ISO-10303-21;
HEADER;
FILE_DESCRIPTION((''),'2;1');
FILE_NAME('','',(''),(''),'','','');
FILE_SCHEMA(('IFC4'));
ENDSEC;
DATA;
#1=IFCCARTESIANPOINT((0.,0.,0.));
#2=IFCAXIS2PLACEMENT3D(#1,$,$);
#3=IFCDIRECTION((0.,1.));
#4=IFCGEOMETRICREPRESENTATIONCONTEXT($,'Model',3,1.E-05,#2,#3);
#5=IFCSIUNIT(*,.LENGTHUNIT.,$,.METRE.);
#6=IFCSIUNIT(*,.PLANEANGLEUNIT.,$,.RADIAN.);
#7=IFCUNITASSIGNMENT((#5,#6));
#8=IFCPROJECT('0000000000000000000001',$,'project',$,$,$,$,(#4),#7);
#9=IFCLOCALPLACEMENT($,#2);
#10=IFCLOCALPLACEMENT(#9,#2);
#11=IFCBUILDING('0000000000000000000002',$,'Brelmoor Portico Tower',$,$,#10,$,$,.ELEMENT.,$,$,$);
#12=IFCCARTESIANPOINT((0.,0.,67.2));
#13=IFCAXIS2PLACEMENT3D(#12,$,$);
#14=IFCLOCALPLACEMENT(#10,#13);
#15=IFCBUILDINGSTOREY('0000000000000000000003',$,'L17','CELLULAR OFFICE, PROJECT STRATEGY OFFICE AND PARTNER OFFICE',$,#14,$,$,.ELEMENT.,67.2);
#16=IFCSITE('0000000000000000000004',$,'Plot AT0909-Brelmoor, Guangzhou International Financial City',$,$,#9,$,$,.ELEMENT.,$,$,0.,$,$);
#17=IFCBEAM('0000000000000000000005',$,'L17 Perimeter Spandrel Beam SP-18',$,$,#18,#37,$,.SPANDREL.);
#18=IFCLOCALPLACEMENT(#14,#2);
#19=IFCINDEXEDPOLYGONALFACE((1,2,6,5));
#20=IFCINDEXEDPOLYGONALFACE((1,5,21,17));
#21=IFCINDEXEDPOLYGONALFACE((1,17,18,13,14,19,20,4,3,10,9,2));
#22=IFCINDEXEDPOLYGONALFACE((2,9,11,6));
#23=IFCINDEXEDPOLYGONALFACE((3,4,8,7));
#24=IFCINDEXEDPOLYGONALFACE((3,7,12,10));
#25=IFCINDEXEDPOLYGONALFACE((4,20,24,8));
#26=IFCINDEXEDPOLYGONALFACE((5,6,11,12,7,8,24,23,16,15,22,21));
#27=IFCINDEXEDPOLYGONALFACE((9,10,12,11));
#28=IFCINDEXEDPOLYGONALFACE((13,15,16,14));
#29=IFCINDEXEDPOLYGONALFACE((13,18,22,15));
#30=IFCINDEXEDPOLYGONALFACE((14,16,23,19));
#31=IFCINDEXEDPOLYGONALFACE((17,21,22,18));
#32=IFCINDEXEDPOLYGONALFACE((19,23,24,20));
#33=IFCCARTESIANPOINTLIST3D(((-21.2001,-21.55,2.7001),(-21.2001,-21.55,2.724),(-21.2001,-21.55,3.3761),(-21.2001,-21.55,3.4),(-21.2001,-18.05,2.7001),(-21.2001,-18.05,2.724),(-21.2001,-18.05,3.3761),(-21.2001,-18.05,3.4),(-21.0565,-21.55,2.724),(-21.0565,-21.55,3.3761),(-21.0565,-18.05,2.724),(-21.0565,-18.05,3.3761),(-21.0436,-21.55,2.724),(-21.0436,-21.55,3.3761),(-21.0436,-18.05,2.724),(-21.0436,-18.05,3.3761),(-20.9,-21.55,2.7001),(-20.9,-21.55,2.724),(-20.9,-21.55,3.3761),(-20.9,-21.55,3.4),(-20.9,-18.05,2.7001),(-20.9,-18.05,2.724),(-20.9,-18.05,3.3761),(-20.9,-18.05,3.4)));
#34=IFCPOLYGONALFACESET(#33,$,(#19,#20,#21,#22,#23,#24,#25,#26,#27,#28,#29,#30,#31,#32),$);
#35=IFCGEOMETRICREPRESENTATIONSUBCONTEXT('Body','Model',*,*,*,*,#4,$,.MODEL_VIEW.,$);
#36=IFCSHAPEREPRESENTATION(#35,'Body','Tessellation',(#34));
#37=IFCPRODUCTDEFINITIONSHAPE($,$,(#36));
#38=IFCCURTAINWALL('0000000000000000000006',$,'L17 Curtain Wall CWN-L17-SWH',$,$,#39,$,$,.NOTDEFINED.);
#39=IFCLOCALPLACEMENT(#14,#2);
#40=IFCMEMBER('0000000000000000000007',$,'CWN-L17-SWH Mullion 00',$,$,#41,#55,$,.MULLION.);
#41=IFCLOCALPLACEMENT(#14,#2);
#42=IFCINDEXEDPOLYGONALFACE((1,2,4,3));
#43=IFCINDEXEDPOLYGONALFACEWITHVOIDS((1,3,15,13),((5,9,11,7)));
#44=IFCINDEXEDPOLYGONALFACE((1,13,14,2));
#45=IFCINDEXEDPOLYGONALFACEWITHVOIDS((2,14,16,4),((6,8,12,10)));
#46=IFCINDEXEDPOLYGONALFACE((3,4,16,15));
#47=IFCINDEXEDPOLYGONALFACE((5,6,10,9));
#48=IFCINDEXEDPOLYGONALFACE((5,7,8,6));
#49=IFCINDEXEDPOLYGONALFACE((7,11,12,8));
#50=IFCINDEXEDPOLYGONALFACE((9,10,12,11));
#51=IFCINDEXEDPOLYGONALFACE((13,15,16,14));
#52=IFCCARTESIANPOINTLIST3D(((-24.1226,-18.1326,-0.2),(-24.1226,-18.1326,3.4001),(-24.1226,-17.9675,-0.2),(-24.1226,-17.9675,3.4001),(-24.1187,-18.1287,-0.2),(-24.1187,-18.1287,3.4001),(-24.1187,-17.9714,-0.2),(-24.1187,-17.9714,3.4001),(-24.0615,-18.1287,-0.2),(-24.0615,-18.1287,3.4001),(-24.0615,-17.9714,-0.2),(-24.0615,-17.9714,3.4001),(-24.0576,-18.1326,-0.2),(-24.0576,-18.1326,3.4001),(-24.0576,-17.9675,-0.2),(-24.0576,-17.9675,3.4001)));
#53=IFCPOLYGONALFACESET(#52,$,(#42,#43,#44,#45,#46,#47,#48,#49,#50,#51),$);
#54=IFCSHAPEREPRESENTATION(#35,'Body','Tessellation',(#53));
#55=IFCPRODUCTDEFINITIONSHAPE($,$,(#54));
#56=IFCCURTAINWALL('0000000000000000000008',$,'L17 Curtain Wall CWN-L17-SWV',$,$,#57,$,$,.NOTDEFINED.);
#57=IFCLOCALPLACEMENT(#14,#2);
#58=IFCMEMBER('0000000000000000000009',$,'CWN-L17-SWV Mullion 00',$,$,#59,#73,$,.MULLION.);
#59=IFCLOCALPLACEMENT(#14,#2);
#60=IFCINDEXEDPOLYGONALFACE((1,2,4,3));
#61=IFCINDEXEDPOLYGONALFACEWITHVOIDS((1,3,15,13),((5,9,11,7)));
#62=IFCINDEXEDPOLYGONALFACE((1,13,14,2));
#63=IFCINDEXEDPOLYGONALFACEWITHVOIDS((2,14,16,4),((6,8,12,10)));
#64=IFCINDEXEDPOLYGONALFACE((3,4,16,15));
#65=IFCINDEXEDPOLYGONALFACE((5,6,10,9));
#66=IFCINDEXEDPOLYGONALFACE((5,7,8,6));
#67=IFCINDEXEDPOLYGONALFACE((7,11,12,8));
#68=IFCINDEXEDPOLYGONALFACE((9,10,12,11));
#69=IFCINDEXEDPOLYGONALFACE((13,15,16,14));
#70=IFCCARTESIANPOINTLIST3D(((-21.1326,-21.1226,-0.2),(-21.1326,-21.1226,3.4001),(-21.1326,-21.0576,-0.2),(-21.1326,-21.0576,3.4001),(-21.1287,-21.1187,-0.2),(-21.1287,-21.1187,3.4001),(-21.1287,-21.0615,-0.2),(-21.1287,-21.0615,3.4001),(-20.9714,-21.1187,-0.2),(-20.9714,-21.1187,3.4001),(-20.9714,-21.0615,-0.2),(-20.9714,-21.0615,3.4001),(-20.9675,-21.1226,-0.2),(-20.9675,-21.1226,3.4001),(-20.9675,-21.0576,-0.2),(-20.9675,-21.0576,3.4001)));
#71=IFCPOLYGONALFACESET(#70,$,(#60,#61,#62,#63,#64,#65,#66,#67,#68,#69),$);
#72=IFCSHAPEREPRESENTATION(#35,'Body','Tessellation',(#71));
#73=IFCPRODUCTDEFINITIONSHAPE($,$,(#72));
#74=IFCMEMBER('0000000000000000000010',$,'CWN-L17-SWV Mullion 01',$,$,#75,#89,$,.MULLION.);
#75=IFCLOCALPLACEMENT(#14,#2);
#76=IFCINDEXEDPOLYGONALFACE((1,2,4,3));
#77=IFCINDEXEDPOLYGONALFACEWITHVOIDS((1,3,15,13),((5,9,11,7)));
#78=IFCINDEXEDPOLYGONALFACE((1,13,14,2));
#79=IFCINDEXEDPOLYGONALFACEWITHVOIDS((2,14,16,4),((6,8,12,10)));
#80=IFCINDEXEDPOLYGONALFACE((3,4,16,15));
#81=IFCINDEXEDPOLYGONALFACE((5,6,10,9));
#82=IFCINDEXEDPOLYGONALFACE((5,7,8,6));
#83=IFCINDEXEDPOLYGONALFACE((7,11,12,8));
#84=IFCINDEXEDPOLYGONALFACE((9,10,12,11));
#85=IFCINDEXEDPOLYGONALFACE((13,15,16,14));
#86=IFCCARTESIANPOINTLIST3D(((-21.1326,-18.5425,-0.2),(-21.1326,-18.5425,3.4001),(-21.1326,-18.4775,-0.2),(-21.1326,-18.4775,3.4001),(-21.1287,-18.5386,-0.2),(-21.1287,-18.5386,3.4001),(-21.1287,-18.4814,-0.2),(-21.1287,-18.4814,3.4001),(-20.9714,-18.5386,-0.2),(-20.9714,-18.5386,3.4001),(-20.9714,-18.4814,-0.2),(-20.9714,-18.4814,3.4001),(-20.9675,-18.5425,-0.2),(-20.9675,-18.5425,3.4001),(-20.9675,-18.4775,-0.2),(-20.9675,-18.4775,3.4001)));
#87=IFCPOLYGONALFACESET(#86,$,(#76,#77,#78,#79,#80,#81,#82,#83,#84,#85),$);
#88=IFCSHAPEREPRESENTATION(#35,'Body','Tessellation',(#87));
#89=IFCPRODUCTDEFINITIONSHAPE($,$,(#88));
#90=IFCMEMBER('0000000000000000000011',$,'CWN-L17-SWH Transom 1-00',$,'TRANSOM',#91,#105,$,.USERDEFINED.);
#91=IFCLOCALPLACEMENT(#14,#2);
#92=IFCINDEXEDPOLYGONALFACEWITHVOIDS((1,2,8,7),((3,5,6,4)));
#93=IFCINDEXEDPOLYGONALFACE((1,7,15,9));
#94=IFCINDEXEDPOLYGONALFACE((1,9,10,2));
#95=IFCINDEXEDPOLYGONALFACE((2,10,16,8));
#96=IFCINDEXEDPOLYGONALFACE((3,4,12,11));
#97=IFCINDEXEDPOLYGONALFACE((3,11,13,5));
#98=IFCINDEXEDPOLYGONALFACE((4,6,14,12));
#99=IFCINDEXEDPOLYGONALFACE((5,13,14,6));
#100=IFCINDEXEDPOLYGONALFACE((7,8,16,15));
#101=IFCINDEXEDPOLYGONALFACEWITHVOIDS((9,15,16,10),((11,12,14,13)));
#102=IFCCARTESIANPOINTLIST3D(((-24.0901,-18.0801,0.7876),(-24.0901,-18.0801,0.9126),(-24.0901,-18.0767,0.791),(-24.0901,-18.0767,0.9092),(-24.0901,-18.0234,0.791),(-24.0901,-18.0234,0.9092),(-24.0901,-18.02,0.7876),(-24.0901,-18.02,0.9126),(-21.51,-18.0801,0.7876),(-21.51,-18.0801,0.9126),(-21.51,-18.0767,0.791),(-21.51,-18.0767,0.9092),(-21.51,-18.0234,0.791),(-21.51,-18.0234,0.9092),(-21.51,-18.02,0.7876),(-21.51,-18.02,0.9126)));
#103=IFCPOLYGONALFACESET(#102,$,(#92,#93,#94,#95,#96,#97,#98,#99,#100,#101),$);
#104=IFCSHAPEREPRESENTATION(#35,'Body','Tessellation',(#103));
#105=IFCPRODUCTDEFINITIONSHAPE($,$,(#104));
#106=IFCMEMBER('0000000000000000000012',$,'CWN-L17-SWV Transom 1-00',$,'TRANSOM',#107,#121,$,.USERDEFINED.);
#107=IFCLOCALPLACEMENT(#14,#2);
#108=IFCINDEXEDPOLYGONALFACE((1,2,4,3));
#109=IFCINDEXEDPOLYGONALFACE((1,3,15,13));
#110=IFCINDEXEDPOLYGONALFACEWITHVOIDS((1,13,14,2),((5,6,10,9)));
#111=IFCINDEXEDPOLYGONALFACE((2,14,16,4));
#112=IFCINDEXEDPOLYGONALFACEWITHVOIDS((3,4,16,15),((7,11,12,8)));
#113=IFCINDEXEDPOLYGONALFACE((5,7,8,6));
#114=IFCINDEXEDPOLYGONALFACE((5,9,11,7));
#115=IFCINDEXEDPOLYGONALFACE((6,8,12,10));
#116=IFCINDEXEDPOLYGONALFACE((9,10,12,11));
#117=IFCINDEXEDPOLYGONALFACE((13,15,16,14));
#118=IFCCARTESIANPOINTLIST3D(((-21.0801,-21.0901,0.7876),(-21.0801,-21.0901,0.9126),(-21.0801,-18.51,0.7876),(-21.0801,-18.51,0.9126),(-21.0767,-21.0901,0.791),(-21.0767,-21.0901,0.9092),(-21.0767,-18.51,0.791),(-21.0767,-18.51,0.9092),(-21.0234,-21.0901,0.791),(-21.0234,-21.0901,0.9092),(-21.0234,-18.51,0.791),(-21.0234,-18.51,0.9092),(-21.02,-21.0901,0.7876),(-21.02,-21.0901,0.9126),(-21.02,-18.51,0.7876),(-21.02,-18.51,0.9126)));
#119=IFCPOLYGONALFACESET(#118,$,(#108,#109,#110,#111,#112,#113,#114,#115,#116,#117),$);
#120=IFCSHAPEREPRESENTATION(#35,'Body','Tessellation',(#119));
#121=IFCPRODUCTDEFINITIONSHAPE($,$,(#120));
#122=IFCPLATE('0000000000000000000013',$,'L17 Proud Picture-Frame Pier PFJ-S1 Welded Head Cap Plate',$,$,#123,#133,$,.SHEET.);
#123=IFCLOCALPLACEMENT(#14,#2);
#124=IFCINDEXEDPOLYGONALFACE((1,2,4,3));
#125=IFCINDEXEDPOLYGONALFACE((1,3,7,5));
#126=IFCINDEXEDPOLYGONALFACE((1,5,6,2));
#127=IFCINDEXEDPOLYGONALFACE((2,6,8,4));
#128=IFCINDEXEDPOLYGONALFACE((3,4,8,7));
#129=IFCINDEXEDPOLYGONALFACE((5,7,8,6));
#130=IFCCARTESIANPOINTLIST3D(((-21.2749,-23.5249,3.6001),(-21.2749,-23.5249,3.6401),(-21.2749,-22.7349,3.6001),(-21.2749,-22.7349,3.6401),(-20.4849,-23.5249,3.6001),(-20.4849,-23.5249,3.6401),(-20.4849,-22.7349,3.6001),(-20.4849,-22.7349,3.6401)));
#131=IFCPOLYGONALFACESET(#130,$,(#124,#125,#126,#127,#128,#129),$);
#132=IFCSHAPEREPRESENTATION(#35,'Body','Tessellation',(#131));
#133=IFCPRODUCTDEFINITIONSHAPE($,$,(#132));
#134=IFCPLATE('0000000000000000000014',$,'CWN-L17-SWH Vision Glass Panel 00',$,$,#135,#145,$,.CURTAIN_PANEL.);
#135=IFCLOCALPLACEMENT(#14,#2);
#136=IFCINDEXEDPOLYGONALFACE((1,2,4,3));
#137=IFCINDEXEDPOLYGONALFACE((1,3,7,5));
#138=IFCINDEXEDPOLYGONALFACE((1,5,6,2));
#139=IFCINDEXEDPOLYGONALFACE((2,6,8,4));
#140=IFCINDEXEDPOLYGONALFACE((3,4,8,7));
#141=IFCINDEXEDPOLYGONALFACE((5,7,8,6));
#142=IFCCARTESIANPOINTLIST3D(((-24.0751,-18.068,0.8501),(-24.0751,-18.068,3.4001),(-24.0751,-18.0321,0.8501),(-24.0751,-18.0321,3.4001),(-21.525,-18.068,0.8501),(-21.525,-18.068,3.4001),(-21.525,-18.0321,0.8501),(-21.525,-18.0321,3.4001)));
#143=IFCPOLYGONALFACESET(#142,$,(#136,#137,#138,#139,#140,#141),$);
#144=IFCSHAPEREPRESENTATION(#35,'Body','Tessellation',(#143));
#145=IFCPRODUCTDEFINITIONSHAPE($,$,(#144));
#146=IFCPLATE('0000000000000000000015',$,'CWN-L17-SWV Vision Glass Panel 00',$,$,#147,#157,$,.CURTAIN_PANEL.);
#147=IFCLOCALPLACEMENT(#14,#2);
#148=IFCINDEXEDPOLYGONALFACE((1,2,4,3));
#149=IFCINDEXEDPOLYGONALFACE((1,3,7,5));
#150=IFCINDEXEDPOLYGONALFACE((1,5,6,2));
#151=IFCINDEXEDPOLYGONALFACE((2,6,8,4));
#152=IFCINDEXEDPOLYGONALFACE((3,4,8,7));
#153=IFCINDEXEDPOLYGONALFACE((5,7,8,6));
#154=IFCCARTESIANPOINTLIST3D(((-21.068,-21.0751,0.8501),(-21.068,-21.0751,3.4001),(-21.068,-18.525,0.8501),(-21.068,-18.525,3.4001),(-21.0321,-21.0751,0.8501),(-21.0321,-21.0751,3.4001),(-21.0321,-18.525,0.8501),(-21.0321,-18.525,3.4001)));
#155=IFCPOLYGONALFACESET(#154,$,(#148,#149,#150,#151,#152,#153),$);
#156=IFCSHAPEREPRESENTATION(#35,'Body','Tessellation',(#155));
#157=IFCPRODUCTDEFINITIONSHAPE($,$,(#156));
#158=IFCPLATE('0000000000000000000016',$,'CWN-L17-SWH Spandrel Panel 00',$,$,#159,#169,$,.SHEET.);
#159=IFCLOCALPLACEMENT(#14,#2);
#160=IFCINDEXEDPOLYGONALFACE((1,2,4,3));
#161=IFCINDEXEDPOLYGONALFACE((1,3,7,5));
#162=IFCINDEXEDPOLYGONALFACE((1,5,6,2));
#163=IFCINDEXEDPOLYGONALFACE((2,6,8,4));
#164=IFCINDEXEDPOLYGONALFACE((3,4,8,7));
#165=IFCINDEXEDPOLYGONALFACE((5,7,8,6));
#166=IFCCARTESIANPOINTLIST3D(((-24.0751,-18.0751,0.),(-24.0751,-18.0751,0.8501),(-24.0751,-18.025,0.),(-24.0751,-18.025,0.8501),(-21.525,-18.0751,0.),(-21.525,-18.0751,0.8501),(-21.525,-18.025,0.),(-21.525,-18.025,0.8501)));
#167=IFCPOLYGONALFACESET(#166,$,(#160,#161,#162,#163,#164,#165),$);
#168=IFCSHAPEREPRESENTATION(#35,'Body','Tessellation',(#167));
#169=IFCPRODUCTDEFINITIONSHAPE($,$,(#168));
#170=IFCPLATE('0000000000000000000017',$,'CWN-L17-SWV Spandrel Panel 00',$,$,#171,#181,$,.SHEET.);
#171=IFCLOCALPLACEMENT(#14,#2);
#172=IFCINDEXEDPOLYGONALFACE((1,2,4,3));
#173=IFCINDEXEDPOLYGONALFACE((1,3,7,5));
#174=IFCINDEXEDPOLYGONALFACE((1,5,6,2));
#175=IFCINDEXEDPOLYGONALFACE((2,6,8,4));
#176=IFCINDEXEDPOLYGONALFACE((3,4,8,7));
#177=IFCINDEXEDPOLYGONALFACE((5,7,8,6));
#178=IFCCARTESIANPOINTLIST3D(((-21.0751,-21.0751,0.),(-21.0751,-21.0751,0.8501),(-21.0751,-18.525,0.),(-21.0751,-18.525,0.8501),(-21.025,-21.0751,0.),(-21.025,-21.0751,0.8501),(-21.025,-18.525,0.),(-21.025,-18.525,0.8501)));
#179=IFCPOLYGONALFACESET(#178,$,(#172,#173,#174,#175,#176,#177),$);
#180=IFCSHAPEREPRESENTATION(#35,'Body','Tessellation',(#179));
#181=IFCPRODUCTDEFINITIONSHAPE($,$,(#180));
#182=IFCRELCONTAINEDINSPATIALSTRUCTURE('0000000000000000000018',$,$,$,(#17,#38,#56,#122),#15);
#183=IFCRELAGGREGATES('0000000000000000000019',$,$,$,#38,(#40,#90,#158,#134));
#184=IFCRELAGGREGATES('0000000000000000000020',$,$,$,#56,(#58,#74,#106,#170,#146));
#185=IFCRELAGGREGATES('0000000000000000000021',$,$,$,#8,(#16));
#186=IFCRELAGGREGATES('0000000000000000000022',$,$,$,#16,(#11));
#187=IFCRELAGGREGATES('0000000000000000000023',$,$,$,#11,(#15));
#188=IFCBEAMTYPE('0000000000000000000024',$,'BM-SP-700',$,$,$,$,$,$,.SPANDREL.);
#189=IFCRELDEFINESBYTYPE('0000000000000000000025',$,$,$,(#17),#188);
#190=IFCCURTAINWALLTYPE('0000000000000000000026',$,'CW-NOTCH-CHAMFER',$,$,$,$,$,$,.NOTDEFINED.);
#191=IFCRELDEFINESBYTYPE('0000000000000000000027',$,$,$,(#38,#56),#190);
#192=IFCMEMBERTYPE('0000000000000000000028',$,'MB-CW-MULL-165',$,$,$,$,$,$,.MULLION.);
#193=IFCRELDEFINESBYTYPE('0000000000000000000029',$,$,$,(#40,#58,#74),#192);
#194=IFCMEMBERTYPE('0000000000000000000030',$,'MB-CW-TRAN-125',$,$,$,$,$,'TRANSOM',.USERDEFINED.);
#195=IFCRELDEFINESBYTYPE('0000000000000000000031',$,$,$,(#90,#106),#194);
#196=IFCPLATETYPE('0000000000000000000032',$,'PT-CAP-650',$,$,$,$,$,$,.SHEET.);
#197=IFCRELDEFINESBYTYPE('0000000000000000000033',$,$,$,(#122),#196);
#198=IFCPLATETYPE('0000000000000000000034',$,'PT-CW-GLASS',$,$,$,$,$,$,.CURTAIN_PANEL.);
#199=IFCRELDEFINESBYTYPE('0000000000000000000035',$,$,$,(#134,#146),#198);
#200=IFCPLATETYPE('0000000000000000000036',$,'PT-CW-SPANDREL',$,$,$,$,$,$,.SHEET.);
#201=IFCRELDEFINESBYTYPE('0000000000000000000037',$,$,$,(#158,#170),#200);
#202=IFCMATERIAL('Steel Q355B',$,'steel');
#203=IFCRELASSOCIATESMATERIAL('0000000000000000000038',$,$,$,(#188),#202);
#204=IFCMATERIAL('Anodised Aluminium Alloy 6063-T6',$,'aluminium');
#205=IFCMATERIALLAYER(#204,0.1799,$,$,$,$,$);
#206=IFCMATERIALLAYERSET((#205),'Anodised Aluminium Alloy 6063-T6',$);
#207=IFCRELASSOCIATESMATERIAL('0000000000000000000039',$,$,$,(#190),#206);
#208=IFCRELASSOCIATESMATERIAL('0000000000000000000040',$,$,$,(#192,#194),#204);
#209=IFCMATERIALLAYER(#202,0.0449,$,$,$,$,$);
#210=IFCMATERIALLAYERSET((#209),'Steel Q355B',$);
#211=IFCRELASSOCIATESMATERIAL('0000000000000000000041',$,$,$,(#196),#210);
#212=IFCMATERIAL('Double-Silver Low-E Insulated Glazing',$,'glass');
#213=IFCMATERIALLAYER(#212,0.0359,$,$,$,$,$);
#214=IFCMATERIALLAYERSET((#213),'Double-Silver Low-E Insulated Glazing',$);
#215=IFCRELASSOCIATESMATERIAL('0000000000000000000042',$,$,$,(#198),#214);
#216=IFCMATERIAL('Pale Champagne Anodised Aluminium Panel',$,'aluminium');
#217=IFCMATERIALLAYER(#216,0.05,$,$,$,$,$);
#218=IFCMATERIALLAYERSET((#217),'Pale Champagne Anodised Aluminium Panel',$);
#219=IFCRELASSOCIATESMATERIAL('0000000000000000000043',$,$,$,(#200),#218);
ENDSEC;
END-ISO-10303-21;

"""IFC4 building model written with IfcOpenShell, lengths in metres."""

from ifc_helpers import new_model, si_unit, direction, frame, origin, origin_2d, place, context, subcontext, project, spatial, rectangle, hollow_rectangle, i_section, extrude, material, layer, layer_set, material_profile, profile_set, type_object, element, aggregate, save


model = new_model("IFC4")

# Units and contexts
model_context = context("Model", 3, precision=1e-05, world=origin(), true_north=direction((0.0, 1.0)))
body_context = subcontext(model_context, "Body", "Model", "MODEL_VIEW")
ifc_project = project(units=[si_unit("LENGTHUNIT", "METRE"), si_unit("PLANEANGLEUNIT", "RADIAN")], contexts=[model_context])

# Site, building, storey
site_placement = place(None, origin())
site = spatial("IfcSite", under=ifc_project, at=site_placement, Name="Plot AT0909-Brelmoor, Guangzhou International Financial City", CompositionType="ELEMENT", RefElevation=0.0)
building_placement = place(site_placement, origin())
building = spatial("IfcBuilding", under=site, at=building_placement, Name="Brelmoor Portico Tower", CompositionType="ELEMENT")
storey_placement = place(building_placement, frame((0.0, 0.0, 67.2)))
storey = spatial("IfcBuildingStorey", under=building, at=storey_placement, Name="L17", Description="CELLULAR OFFICE, PROJECT STRATEGY OFFICE AND PARTNER OFFICE", CompositionType="ELEMENT", Elevation=67.2)

# Shared definitions
ifc_material_1 = material(Name="Steel Q355B", Category="steel")

# Beam
ifc_material_profile_1 = material_profile(ifc_material_1, i_section(OverallWidth=0.3, OverallDepth=0.7, WebThickness=0.0129, FlangeThickness=0.0239, at=origin_2d()), Name="HN 700x300x13x24")
ifc_profile_set_1 = profile_set([ifc_material_profile_1], Name="Steel Q355B")
beam_type_1 = type_object("IfcBeamType", Name="BM-SP-700", PredefinedType="SPANDREL", material=ifc_profile_set_1)
beam_1_placement = place(storey_placement, frame((-21.05, -21.55, 3.05), z_axis=(0.0, 1.0, 0.0), x_axis=(-1.0, 0.0, 0.0)))
element("IfcBeam", 1, at=beam_1_placement, inside=storey, type_object=beam_type_1, Name="L17 Perimeter Spandrel Beam SP-18", PredefinedType="SPANDREL", context=body_context, shape_type="SweptSolid", body=[
    extrude(i_section(OverallWidth=0.3, OverallDepth=0.7, WebThickness=0.0129, FlangeThickness=0.0239, at=origin_2d()), origin(), (0.0, 0.0, 1.0), 3.5),
])

# Curtain wall, member
ifc_material_2 = material(Name="Anodised Aluminium Alloy 6063-T6", Category="aluminium")
ifc_layer_1 = layer(ifc_material_2, 0.1799)
ifc_layer_set_1 = layer_set([ifc_layer_1], Name="Anodised Aluminium Alloy 6063-T6")
curtain_wall_type = type_object("IfcCurtainWallType", Name="CW-NOTCH-CHAMFER", PredefinedType="NOTDEFINED", material=ifc_layer_set_1)
curtain_wall_1_placement = place(storey_placement, origin())
curtain_wall_1 = element("IfcCurtainWall", 2, at=curtain_wall_1_placement, inside=storey, type_object=curtain_wall_type, Name="L17 Curtain Wall CWN-L17-SWH", PredefinedType="NOTDEFINED")
ifc_material_profile_2 = material_profile(ifc_material_2, hollow_rectangle(XDim=0.0649, YDim=0.165, WallThickness=0.0039, at=origin_2d()), Name="ALU MULLION 65x165")
ifc_profile_set_2 = profile_set([ifc_material_profile_2], Name="Anodised Aluminium Alloy 6063-T6")
member_type_1 = type_object("IfcMemberType", Name="MB-CW-MULL-165", PredefinedType="MULLION", material=ifc_profile_set_2)
member_1_placement = place(storey_placement, frame((-24.0901, -18.05, -0.2), z_axis=(0.0, 0.0, 1.0), x_axis=(1.0, 0.0, 0.0)))
member_1 = element("IfcMember", 3, at=member_1_placement, type_object=member_type_1, Name="CWN-L17-SWH Mullion 00", PredefinedType="MULLION", context=body_context, shape_type="SweptSolid", body=[
    extrude(hollow_rectangle(XDim=0.0649, YDim=0.165, WallThickness=0.0039, at=origin_2d()), origin(), (0.0, 0.0, 1.0), 3.6001),
])

# Curtain wall, members
curtain_wall_2_placement = place(storey_placement, origin())
curtain_wall_2 = element("IfcCurtainWall", 4, at=curtain_wall_2_placement, inside=storey, type_object=curtain_wall_type, Name="L17 Curtain Wall CWN-L17-SWV", PredefinedType="NOTDEFINED")
member_2_placement = place(storey_placement, frame((-21.05, -21.0901, -0.2), z_axis=(0.0, 0.0, 1.0), x_axis=(0.0, 1.0, 0.0)))
member_2 = element("IfcMember", 5, at=member_2_placement, type_object=member_type_1, Name="CWN-L17-SWV Mullion 00", PredefinedType="MULLION", context=body_context, shape_type="SweptSolid", body=[
    extrude(hollow_rectangle(XDim=0.0649, YDim=0.165, WallThickness=0.0039, at=origin_2d()), origin(), (0.0, 0.0, 1.0), 3.6001),
])
member_3_placement = place(storey_placement, frame((-21.05, -18.51, -0.2), z_axis=(0.0, 0.0, 1.0), x_axis=(0.0, 1.0, 0.0)))
member_3 = element("IfcMember", 6, at=member_3_placement, type_object=member_type_1, Name="CWN-L17-SWV Mullion 01", PredefinedType="MULLION", context=body_context, shape_type="SweptSolid", body=[
    extrude(hollow_rectangle(XDim=0.0649, YDim=0.165, WallThickness=0.0039, at=origin_2d()), origin(), (0.0, 0.0, 1.0), 3.6001),
])

# Members
ifc_material_profile_3 = material_profile(ifc_material_2, hollow_rectangle(XDim=0.0601, YDim=0.125, WallThickness=0.0034, at=origin_2d()), Name="ALU TRANSOM 60x125")
ifc_profile_set_3 = profile_set([ifc_material_profile_3], Name="Anodised Aluminium Alloy 6063-T6")
member_type_2 = type_object("IfcMemberType", Name="MB-CW-TRAN-125", ElementType="TRANSOM", PredefinedType="USERDEFINED", material=ifc_profile_set_3)
member_4_placement = place(storey_placement, frame((-24.0901, -18.05, 0.8501), z_axis=(1.0, 0.0, 0.0), x_axis=(0.0, 1.0, 0.0)))
member_4 = element("IfcMember", 7, at=member_4_placement, type_object=member_type_2, Name="CWN-L17-SWH Transom 1-00", ObjectType="TRANSOM", PredefinedType="USERDEFINED", context=body_context, shape_type="SweptSolid", body=[
    extrude(hollow_rectangle(XDim=0.0601, YDim=0.125, WallThickness=0.0034, at=origin_2d()), origin(), (0.0, 0.0, 1.0), 2.5801),
])
member_5_placement = place(storey_placement, frame((-21.05, -21.0901, 0.8501), z_axis=(0.0, 1.0, 0.0), x_axis=(-1.0, 0.0, 0.0)))
member_5 = element("IfcMember", 8, at=member_5_placement, type_object=member_type_2, Name="CWN-L17-SWV Transom 1-00", ObjectType="TRANSOM", PredefinedType="USERDEFINED", context=body_context, shape_type="SweptSolid", body=[
    extrude(hollow_rectangle(XDim=0.0601, YDim=0.125, WallThickness=0.0034, at=origin_2d()), origin(), (0.0, 0.0, 1.0), 2.5801),
])

# Plates
ifc_layer_2 = layer(ifc_material_1, 0.0449)
ifc_layer_set_2 = layer_set([ifc_layer_2], Name="Steel Q355B")
plate_type_1 = type_object("IfcPlateType", Name="PT-CAP-650", PredefinedType="SHEET", material=ifc_layer_set_2)
plate_1_placement = place(storey_placement, frame((-20.8799, -23.1299, 3.6001), z_axis=(0.0, 0.0, 1.0), x_axis=(1.0, 0.0, 0.0)))
element("IfcPlate", 9, at=plate_1_placement, inside=storey, type_object=plate_type_1, Name="L17 Proud Picture-Frame Pier PFJ-S1 Welded Head Cap Plate", PredefinedType="SHEET", context=body_context, shape_type="SweptSolid", body=[
    extrude(rectangle(XDim=0.79, YDim=0.79, at=origin_2d()), origin(), (0.0, 0.0, 1.0), 0.04),
])
ifc_material_3 = material(Name="Double-Silver Low-E Insulated Glazing", Category="glass")
ifc_layer_3 = layer(ifc_material_3, 0.0359)
ifc_layer_set_3 = layer_set([ifc_layer_3], Name="Double-Silver Low-E Insulated Glazing")
plate_type_2 = type_object("IfcPlateType", Name="PT-CW-GLASS", PredefinedType="CURTAIN_PANEL", material=ifc_layer_set_3)
plate_2_placement = place(storey_placement, frame((-22.8, -18.05, 0.8501), z_axis=(0.0, 0.0, 1.0), x_axis=(1.0, 0.0, 0.0)))
plate_2 = element("IfcPlate", 10, at=plate_2_placement, type_object=plate_type_2, Name="CWN-L17-SWH Vision Glass Panel 00", PredefinedType="CURTAIN_PANEL", context=body_context, shape_type="SweptSolid", body=[
    extrude(rectangle(XDim=2.55, YDim=0.0359, at=origin_2d()), origin(), (0.0, 0.0, 1.0), 2.55),
])
plate_3_placement = place(storey_placement, frame((-21.05, -19.8, 0.8501), z_axis=(0.0, 0.0, 1.0), x_axis=(0.0, 1.0, 0.0)))
plate_3 = element("IfcPlate", 11, at=plate_3_placement, type_object=plate_type_2, Name="CWN-L17-SWV Vision Glass Panel 00", PredefinedType="CURTAIN_PANEL", context=body_context, shape_type="SweptSolid", body=[
    extrude(rectangle(XDim=2.55, YDim=0.0359, at=origin_2d()), origin(), (0.0, 0.0, 1.0), 2.55),
])
ifc_material_4 = material(Name="Pale Champagne Anodised Aluminium Panel", Category="aluminium")
ifc_layer_4 = layer(ifc_material_4, 0.05)
ifc_layer_set_4 = layer_set([ifc_layer_4], Name="Pale Champagne Anodised Aluminium Panel")
plate_type_3 = type_object("IfcPlateType", Name="PT-CW-SPANDREL", PredefinedType="SHEET", material=ifc_layer_set_4)
plate_4_placement = place(storey_placement, frame((-22.8, -18.05, 0.0), z_axis=(0.0, 0.0, 1.0), x_axis=(1.0, 0.0, 0.0)))
plate_4 = element("IfcPlate", 12, at=plate_4_placement, type_object=plate_type_3, Name="CWN-L17-SWH Spandrel Panel 00", PredefinedType="SHEET", context=body_context, shape_type="SweptSolid", body=[
    extrude(rectangle(XDim=2.55, YDim=0.05, at=origin_2d()), origin(), (0.0, 0.0, 1.0), 0.8501),
])
aggregate(curtain_wall_1, [member_1, member_4, plate_4, plate_2])
plate_5_placement = place(storey_placement, frame((-21.05, -19.8, 0.0), z_axis=(0.0, 0.0, 1.0), x_axis=(0.0, 1.0, 0.0)))
plate_5 = element("IfcPlate", 13, at=plate_5_placement, type_object=plate_type_3, Name="CWN-L17-SWV Spandrel Panel 00", PredefinedType="SHEET", context=body_context, shape_type="SweptSolid", body=[
    extrude(rectangle(XDim=2.55, YDim=0.05, at=origin_2d()), origin(), (0.0, 0.0, 1.0), 0.8501),
])
aggregate(curtain_wall_2, [member_2, member_3, member_5, plate_5, plate_3])

save(model, "model.ifc")
